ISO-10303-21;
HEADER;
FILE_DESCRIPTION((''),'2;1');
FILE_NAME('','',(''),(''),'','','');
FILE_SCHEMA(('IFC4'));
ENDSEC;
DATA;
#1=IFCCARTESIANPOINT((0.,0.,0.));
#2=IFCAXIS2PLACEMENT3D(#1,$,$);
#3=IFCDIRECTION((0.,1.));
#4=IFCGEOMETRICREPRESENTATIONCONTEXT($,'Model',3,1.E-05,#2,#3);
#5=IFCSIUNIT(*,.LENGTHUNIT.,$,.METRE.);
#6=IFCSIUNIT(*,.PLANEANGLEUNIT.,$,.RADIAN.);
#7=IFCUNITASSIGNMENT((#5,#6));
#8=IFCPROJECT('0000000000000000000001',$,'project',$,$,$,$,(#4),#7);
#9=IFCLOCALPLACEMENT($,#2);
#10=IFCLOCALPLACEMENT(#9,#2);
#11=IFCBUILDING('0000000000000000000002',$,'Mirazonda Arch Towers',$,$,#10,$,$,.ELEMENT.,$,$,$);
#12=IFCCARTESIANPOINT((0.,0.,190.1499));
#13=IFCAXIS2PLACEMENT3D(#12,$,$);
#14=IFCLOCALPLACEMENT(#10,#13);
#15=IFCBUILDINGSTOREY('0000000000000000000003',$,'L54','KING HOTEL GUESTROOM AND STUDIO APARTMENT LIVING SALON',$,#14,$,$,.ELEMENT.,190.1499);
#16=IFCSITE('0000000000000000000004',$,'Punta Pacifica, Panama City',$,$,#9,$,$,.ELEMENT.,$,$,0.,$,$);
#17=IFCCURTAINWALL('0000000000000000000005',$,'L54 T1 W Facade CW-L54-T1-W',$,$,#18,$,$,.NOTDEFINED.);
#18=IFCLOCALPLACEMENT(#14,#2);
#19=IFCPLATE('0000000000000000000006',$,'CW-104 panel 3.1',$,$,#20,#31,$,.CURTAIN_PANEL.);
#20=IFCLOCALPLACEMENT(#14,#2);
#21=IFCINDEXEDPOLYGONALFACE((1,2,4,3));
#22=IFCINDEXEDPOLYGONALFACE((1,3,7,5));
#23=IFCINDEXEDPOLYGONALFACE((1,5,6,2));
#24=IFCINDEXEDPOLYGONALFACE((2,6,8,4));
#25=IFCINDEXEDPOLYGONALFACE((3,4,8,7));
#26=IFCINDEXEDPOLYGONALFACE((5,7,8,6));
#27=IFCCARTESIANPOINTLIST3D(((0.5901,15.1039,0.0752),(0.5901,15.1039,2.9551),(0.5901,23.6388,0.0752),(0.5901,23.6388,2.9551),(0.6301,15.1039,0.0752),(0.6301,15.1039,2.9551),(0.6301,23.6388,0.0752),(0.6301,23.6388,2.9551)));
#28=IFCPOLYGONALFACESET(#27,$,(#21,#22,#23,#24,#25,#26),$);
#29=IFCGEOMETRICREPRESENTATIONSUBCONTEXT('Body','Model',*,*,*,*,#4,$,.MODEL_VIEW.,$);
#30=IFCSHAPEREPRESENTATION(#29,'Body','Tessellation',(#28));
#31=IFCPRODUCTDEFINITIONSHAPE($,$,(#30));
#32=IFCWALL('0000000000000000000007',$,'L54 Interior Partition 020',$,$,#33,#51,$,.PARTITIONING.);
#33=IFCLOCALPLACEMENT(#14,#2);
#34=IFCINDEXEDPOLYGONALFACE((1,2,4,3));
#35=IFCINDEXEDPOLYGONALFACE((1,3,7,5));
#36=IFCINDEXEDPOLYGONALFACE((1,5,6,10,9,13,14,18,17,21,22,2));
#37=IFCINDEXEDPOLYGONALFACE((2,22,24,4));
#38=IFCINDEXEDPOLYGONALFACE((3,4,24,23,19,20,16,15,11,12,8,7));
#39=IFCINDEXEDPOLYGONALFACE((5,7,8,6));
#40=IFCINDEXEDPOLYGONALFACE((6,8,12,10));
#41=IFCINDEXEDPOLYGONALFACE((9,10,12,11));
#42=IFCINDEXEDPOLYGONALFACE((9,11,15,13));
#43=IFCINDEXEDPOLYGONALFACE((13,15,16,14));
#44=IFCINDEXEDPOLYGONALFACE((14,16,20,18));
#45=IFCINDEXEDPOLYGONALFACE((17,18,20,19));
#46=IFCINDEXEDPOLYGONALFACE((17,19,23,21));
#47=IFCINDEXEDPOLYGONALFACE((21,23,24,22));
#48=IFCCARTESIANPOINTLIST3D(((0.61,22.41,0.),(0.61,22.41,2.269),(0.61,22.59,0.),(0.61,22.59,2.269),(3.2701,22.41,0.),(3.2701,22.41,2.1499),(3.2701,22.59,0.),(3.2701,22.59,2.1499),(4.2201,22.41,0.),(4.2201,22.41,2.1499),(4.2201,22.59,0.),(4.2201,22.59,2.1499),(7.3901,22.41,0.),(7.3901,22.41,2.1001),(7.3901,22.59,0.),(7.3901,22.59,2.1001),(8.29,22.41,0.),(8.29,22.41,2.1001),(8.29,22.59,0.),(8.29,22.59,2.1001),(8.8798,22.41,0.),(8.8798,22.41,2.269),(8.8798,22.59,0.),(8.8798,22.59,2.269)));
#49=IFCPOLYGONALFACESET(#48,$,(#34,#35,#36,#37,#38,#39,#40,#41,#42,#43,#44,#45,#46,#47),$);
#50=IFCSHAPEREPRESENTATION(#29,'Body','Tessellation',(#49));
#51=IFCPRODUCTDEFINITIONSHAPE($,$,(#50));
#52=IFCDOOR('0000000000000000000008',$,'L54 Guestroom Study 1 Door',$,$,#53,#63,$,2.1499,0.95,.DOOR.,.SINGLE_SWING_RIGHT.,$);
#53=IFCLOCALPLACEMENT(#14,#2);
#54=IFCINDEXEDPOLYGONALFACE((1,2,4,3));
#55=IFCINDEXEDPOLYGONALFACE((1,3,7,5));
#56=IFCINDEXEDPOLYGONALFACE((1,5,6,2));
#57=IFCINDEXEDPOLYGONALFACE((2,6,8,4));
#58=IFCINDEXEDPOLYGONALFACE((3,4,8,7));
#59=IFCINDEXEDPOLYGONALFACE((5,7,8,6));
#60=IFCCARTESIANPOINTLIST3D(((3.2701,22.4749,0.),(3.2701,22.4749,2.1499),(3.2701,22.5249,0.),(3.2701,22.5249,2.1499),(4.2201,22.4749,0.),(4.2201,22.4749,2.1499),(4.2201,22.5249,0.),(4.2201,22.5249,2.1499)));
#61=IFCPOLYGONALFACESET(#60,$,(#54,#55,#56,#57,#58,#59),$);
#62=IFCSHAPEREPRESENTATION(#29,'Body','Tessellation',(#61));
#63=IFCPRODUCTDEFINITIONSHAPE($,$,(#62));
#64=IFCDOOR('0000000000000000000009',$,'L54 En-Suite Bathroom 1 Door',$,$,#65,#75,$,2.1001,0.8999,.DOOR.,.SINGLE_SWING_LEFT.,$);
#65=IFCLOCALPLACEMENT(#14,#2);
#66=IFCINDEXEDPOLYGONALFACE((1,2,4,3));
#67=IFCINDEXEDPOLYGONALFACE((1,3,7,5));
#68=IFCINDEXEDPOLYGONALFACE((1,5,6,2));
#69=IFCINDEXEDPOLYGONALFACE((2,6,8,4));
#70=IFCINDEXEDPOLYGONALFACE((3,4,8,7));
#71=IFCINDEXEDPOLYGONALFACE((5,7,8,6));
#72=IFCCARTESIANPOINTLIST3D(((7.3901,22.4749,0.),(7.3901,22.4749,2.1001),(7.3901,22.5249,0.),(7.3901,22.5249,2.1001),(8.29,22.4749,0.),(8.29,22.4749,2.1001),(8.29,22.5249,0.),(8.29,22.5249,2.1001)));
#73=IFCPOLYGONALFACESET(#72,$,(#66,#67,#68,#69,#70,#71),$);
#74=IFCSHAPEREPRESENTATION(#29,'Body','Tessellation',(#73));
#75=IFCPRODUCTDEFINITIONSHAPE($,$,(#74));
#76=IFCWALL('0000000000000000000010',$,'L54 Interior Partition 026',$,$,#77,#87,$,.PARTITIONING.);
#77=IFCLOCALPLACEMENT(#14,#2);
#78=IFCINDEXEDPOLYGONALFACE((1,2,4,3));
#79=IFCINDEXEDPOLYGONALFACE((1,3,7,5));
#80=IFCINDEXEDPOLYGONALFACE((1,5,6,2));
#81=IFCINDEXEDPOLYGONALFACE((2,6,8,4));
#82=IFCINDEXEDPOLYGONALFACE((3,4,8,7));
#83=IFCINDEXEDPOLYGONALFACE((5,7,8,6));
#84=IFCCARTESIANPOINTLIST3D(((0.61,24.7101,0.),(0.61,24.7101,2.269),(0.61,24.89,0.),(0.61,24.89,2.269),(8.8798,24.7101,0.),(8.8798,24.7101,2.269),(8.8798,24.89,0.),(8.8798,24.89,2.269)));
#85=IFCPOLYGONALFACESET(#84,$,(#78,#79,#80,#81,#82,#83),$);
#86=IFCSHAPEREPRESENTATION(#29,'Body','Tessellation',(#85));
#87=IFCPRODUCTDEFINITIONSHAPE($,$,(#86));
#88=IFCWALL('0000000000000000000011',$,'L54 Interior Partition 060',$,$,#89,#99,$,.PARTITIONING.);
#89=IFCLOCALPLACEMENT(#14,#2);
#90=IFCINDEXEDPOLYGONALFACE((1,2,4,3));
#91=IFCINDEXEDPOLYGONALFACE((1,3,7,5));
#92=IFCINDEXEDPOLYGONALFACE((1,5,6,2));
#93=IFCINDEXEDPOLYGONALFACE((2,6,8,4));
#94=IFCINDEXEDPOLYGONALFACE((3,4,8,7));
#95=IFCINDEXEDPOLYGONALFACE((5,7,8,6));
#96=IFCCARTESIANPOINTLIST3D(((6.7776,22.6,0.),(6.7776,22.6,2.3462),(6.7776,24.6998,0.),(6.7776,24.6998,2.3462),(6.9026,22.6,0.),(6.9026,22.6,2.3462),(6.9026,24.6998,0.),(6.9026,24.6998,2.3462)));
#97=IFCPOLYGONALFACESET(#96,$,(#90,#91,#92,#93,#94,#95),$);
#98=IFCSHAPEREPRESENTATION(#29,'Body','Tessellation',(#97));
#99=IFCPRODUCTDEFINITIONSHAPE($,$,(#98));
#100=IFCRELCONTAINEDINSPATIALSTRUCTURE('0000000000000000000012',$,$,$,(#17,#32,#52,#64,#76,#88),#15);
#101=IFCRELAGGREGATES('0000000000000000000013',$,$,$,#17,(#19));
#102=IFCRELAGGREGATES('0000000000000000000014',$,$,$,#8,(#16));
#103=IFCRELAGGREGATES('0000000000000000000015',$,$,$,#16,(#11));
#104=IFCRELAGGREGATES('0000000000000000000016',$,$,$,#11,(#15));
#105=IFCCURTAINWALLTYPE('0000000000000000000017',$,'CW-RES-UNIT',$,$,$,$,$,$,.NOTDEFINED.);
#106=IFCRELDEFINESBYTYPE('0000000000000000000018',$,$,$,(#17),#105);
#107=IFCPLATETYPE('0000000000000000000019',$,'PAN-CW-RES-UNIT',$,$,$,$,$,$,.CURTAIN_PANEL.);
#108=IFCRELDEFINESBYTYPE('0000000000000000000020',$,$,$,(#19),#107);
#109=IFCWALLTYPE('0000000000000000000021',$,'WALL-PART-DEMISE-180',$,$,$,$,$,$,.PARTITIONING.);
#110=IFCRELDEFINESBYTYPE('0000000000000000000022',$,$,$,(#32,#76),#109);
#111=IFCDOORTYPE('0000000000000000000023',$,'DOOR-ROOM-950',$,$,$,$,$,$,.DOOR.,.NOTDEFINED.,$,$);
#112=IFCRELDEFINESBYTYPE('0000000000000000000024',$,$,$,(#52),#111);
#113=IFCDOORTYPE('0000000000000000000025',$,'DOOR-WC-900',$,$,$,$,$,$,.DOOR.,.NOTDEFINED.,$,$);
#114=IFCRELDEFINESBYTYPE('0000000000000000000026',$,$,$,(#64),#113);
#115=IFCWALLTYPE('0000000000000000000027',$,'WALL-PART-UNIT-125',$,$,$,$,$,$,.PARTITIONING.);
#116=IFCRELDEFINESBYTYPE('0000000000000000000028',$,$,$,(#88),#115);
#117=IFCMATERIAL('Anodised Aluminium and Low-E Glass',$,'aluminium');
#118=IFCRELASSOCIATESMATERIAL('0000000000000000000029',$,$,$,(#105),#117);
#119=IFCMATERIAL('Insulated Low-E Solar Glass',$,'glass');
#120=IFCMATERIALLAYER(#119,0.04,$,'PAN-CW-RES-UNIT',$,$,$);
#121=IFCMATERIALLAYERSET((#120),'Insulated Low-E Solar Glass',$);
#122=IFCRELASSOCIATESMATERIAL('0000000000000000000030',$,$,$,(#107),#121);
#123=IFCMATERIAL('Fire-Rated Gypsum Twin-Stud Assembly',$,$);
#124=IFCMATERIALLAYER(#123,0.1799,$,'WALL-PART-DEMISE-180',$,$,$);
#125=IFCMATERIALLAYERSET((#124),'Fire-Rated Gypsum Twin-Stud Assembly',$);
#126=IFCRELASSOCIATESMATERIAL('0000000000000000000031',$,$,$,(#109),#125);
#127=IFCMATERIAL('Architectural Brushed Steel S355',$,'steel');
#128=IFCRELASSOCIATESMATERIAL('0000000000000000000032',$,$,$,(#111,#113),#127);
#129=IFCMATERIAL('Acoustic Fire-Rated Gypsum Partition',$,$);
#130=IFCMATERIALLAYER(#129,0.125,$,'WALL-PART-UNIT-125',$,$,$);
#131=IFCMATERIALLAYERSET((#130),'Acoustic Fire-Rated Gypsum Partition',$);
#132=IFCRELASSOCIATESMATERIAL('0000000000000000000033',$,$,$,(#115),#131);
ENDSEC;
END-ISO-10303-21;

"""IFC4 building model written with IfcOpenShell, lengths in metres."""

from ifc_helpers import new_model, si_unit, direction, frame, frame_2d, origin, origin_2d, place, context, subcontext, project, spatial, rectangle, extrude, material, layer, layer_set, type_object, element, fill, aggregate, save


model = new_model("IFC4")

# Units and contexts
model_context = context("Model", 3, precision=1e-05, world=origin(), true_north=direction((0.0, 1.0)))
body_context = subcontext(model_context, "Body", "Model", "MODEL_VIEW")
ifc_project = project(units=[si_unit("LENGTHUNIT", "METRE"), si_unit("PLANEANGLEUNIT", "RADIAN")], contexts=[model_context])

# Site, building, storey
site_placement = place(None, origin())
site = spatial("IfcSite", under=ifc_project, at=site_placement, Name="Punta Pacifica, Panama City", CompositionType="ELEMENT", RefElevation=0.0)
building_placement = place(site_placement, origin())
building = spatial("IfcBuilding", under=site, at=building_placement, Name="Mirazonda Arch Towers", CompositionType="ELEMENT")
storey_placement = place(building_placement, frame((0.0, 0.0, 190.1499)))
storey = spatial("IfcBuildingStorey", under=building, at=storey_placement, Name="L54", Description="KING HOTEL GUESTROOM AND STUDIO APARTMENT LIVING SALON", CompositionType="ELEMENT", Elevation=190.1499)

# Curtain wall, plate
ifc_material_1 = material(Name="Anodised Aluminium and Low-E Glass", Category="aluminium")
curtain_wall_type = type_object("IfcCurtainWallType", Name="CW-RES-UNIT", PredefinedType="NOTDEFINED", material=ifc_material_1)
curtain_wall_placement = place(storey_placement, origin())
curtain_wall = element("IfcCurtainWall", 1, at=curtain_wall_placement, inside=storey, type_object=curtain_wall_type, Name="L54 T1 W Facade CW-L54-T1-W", PredefinedType="NOTDEFINED")
ifc_material_2 = material(Name="Insulated Low-E Solar Glass", Category="glass")
ifc_layer_1 = layer(ifc_material_2, 0.04, Name="PAN-CW-RES-UNIT")
ifc_layer_set_1 = layer_set([ifc_layer_1], Name="Insulated Low-E Solar Glass")
plate_type = type_object("IfcPlateType", Name="PAN-CW-RES-UNIT", PredefinedType="CURTAIN_PANEL", material=ifc_layer_set_1)
plate_placement = place(storey_placement, frame((0.6101, 19.3713, 0.0752), z_axis=(0.0, 0.0, 1.0), x_axis=(0.0, -1.0, 0.0)))
plate = element("IfcPlate", 2, at=plate_placement, type_object=plate_type, Name="CW-104 panel 3.1", PredefinedType="CURTAIN_PANEL", context=body_context, shape_type="SweptSolid", body=[
    extrude(rectangle(XDim=8.5349, YDim=0.04, at=origin_2d()), origin(), (0.0, 0.0, 1.0), 2.8799),
])
aggregate(curtain_wall, [plate])

# Wall, openings, doors
ifc_material_3 = material(Name="Fire-Rated Gypsum Twin-Stud Assembly")
ifc_layer_2 = layer(ifc_material_3, 0.1799, Name="WALL-PART-DEMISE-180")
ifc_layer_set_2 = layer_set([ifc_layer_2], Name="Fire-Rated Gypsum Twin-Stud Assembly")
wall_type_1 = type_object("IfcWallType", Name="WALL-PART-DEMISE-180", PredefinedType="PARTITIONING", material=ifc_layer_set_2)
wall_1_placement = place(storey_placement, frame((0.6101, 22.5, 0.0), z_axis=(0.0, 0.0, 1.0), x_axis=(1.0, 0.0, 0.0)))
wall_1 = element("IfcWall", 3, at=wall_1_placement, inside=storey, type_object=wall_type_1, Name="L54 Interior Partition 020", PredefinedType="PARTITIONING", context=body_context, shape_type="SweptSolid", body=[
    extrude(rectangle(XDim=8.2698, YDim=0.1799, at=frame_2d((4.1348, 0.0))), origin(), (0.0, 0.0, 1.0), 2.269),
])
opening_1_placement = place(wall_1_placement, frame((2.6599, 0.0, 0.0)))
opening_1 = element("IfcOpeningElement", 4, at=opening_1_placement, cuts=wall_1, PredefinedType="OPENING", context=body_context, shape_type="SweptSolid", body=[
    extrude(rectangle(XDim=0.95, YDim=2.1499, at=frame_2d((0.4751, 1.075))), frame((0.0, 0.0999, 0.0), z_axis=(0.0, -1.0, 0.0), x_axis=(1.0, 0.0, 0.0)), (0.0, 0.0, 1.0), 0.2),
])
opening_2_placement = place(wall_1_placement, frame((6.78, 0.0, 0.0)))
opening_2 = element("IfcOpeningElement", 5, at=opening_2_placement, cuts=wall_1, PredefinedType="OPENING", context=body_context, shape_type="SweptSolid", body=[
    extrude(rectangle(XDim=0.8999, YDim=2.1001, at=frame_2d((0.45, 1.05))), frame((0.0, 0.0999, 0.0), z_axis=(0.0, -1.0, 0.0), x_axis=(1.0, 0.0, 0.0)), (0.0, 0.0, 1.0), 0.2),
])
ifc_material_4 = material(Name="Architectural Brushed Steel S355", Category="steel")
door_type_1 = type_object("IfcDoorType", Name="DOOR-ROOM-950", OperationType="NOTDEFINED", PredefinedType="DOOR", material=ifc_material_4)
door_1_placement = place(opening_1_placement, origin())
door_1 = element("IfcDoor", 6, at=door_1_placement, inside=storey, type_object=door_type_1, Name="L54 Guestroom Study 1 Door", OperationType="SINGLE_SWING_RIGHT", OverallHeight=2.1499, OverallWidth=0.95, PredefinedType="DOOR", context=body_context, shape_type="SweptSolid", body=[
    extrude(rectangle(XDim=0.95, YDim=2.1499, at=frame_2d((0.4751, 1.075))), frame((0.0, 0.0249, 0.0), z_axis=(0.0, -1.0, 0.0), x_axis=(1.0, 0.0, 0.0)), (0.0, 0.0, 1.0), 0.05),
])
fill(opening_1, door_1)
door_type_2 = type_object("IfcDoorType", Name="DOOR-WC-900", OperationType="NOTDEFINED", PredefinedType="DOOR", material=ifc_material_4)
door_2_placement = place(opening_2_placement, origin())
door_2 = element("IfcDoor", 7, at=door_2_placement, inside=storey, type_object=door_type_2, Name="L54 En-Suite Bathroom 1 Door", OperationType="SINGLE_SWING_LEFT", OverallHeight=2.1001, OverallWidth=0.8999, PredefinedType="DOOR", context=body_context, shape_type="SweptSolid", body=[
    extrude(rectangle(XDim=0.8999, YDim=2.1001, at=frame_2d((0.45, 1.05))), frame((0.0, 0.0249, 0.0), z_axis=(0.0, -1.0, 0.0), x_axis=(1.0, 0.0, 0.0)), (0.0, 0.0, 1.0), 0.05),
])
fill(opening_2, door_2)

# Walls
wall_2_placement = place(storey_placement, frame((0.6101, 24.8, 0.0), z_axis=(0.0, 0.0, 1.0), x_axis=(1.0, 0.0, 0.0)))
element("IfcWall", 8, at=wall_2_placement, inside=storey, type_object=wall_type_1, Name="L54 Interior Partition 026", PredefinedType="PARTITIONING", context=body_context, shape_type="SweptSolid", body=[
    extrude(rectangle(XDim=8.2698, YDim=0.1799, at=frame_2d((4.1348, 0.0))), origin(), (0.0, 0.0, 1.0), 2.269),
])
ifc_material_5 = material(Name="Acoustic Fire-Rated Gypsum Partition")
ifc_layer_3 = layer(ifc_material_5, 0.125, Name="WALL-PART-UNIT-125")
ifc_layer_set_3 = layer_set([ifc_layer_3], Name="Acoustic Fire-Rated Gypsum Partition")
wall_type_2 = type_object("IfcWallType", Name="WALL-PART-UNIT-125", PredefinedType="PARTITIONING", material=ifc_layer_set_3)
wall_3_placement = place(storey_placement, frame((6.8401, 22.6001, 0.0), z_axis=(0.0, 0.0, 1.0), x_axis=(0.0, 1.0, 0.0)))
element("IfcWall", 9, at=wall_3_placement, inside=storey, type_object=wall_type_2, Name="L54 Interior Partition 060", PredefinedType="PARTITIONING", context=body_context, shape_type="SweptSolid", body=[
    extrude(rectangle(XDim=2.0999, YDim=0.125, at=frame_2d((1.0498, 0.0))), origin(), (0.0, 0.0, 1.0), 2.3462),
])

save(model, "model.ifc")
